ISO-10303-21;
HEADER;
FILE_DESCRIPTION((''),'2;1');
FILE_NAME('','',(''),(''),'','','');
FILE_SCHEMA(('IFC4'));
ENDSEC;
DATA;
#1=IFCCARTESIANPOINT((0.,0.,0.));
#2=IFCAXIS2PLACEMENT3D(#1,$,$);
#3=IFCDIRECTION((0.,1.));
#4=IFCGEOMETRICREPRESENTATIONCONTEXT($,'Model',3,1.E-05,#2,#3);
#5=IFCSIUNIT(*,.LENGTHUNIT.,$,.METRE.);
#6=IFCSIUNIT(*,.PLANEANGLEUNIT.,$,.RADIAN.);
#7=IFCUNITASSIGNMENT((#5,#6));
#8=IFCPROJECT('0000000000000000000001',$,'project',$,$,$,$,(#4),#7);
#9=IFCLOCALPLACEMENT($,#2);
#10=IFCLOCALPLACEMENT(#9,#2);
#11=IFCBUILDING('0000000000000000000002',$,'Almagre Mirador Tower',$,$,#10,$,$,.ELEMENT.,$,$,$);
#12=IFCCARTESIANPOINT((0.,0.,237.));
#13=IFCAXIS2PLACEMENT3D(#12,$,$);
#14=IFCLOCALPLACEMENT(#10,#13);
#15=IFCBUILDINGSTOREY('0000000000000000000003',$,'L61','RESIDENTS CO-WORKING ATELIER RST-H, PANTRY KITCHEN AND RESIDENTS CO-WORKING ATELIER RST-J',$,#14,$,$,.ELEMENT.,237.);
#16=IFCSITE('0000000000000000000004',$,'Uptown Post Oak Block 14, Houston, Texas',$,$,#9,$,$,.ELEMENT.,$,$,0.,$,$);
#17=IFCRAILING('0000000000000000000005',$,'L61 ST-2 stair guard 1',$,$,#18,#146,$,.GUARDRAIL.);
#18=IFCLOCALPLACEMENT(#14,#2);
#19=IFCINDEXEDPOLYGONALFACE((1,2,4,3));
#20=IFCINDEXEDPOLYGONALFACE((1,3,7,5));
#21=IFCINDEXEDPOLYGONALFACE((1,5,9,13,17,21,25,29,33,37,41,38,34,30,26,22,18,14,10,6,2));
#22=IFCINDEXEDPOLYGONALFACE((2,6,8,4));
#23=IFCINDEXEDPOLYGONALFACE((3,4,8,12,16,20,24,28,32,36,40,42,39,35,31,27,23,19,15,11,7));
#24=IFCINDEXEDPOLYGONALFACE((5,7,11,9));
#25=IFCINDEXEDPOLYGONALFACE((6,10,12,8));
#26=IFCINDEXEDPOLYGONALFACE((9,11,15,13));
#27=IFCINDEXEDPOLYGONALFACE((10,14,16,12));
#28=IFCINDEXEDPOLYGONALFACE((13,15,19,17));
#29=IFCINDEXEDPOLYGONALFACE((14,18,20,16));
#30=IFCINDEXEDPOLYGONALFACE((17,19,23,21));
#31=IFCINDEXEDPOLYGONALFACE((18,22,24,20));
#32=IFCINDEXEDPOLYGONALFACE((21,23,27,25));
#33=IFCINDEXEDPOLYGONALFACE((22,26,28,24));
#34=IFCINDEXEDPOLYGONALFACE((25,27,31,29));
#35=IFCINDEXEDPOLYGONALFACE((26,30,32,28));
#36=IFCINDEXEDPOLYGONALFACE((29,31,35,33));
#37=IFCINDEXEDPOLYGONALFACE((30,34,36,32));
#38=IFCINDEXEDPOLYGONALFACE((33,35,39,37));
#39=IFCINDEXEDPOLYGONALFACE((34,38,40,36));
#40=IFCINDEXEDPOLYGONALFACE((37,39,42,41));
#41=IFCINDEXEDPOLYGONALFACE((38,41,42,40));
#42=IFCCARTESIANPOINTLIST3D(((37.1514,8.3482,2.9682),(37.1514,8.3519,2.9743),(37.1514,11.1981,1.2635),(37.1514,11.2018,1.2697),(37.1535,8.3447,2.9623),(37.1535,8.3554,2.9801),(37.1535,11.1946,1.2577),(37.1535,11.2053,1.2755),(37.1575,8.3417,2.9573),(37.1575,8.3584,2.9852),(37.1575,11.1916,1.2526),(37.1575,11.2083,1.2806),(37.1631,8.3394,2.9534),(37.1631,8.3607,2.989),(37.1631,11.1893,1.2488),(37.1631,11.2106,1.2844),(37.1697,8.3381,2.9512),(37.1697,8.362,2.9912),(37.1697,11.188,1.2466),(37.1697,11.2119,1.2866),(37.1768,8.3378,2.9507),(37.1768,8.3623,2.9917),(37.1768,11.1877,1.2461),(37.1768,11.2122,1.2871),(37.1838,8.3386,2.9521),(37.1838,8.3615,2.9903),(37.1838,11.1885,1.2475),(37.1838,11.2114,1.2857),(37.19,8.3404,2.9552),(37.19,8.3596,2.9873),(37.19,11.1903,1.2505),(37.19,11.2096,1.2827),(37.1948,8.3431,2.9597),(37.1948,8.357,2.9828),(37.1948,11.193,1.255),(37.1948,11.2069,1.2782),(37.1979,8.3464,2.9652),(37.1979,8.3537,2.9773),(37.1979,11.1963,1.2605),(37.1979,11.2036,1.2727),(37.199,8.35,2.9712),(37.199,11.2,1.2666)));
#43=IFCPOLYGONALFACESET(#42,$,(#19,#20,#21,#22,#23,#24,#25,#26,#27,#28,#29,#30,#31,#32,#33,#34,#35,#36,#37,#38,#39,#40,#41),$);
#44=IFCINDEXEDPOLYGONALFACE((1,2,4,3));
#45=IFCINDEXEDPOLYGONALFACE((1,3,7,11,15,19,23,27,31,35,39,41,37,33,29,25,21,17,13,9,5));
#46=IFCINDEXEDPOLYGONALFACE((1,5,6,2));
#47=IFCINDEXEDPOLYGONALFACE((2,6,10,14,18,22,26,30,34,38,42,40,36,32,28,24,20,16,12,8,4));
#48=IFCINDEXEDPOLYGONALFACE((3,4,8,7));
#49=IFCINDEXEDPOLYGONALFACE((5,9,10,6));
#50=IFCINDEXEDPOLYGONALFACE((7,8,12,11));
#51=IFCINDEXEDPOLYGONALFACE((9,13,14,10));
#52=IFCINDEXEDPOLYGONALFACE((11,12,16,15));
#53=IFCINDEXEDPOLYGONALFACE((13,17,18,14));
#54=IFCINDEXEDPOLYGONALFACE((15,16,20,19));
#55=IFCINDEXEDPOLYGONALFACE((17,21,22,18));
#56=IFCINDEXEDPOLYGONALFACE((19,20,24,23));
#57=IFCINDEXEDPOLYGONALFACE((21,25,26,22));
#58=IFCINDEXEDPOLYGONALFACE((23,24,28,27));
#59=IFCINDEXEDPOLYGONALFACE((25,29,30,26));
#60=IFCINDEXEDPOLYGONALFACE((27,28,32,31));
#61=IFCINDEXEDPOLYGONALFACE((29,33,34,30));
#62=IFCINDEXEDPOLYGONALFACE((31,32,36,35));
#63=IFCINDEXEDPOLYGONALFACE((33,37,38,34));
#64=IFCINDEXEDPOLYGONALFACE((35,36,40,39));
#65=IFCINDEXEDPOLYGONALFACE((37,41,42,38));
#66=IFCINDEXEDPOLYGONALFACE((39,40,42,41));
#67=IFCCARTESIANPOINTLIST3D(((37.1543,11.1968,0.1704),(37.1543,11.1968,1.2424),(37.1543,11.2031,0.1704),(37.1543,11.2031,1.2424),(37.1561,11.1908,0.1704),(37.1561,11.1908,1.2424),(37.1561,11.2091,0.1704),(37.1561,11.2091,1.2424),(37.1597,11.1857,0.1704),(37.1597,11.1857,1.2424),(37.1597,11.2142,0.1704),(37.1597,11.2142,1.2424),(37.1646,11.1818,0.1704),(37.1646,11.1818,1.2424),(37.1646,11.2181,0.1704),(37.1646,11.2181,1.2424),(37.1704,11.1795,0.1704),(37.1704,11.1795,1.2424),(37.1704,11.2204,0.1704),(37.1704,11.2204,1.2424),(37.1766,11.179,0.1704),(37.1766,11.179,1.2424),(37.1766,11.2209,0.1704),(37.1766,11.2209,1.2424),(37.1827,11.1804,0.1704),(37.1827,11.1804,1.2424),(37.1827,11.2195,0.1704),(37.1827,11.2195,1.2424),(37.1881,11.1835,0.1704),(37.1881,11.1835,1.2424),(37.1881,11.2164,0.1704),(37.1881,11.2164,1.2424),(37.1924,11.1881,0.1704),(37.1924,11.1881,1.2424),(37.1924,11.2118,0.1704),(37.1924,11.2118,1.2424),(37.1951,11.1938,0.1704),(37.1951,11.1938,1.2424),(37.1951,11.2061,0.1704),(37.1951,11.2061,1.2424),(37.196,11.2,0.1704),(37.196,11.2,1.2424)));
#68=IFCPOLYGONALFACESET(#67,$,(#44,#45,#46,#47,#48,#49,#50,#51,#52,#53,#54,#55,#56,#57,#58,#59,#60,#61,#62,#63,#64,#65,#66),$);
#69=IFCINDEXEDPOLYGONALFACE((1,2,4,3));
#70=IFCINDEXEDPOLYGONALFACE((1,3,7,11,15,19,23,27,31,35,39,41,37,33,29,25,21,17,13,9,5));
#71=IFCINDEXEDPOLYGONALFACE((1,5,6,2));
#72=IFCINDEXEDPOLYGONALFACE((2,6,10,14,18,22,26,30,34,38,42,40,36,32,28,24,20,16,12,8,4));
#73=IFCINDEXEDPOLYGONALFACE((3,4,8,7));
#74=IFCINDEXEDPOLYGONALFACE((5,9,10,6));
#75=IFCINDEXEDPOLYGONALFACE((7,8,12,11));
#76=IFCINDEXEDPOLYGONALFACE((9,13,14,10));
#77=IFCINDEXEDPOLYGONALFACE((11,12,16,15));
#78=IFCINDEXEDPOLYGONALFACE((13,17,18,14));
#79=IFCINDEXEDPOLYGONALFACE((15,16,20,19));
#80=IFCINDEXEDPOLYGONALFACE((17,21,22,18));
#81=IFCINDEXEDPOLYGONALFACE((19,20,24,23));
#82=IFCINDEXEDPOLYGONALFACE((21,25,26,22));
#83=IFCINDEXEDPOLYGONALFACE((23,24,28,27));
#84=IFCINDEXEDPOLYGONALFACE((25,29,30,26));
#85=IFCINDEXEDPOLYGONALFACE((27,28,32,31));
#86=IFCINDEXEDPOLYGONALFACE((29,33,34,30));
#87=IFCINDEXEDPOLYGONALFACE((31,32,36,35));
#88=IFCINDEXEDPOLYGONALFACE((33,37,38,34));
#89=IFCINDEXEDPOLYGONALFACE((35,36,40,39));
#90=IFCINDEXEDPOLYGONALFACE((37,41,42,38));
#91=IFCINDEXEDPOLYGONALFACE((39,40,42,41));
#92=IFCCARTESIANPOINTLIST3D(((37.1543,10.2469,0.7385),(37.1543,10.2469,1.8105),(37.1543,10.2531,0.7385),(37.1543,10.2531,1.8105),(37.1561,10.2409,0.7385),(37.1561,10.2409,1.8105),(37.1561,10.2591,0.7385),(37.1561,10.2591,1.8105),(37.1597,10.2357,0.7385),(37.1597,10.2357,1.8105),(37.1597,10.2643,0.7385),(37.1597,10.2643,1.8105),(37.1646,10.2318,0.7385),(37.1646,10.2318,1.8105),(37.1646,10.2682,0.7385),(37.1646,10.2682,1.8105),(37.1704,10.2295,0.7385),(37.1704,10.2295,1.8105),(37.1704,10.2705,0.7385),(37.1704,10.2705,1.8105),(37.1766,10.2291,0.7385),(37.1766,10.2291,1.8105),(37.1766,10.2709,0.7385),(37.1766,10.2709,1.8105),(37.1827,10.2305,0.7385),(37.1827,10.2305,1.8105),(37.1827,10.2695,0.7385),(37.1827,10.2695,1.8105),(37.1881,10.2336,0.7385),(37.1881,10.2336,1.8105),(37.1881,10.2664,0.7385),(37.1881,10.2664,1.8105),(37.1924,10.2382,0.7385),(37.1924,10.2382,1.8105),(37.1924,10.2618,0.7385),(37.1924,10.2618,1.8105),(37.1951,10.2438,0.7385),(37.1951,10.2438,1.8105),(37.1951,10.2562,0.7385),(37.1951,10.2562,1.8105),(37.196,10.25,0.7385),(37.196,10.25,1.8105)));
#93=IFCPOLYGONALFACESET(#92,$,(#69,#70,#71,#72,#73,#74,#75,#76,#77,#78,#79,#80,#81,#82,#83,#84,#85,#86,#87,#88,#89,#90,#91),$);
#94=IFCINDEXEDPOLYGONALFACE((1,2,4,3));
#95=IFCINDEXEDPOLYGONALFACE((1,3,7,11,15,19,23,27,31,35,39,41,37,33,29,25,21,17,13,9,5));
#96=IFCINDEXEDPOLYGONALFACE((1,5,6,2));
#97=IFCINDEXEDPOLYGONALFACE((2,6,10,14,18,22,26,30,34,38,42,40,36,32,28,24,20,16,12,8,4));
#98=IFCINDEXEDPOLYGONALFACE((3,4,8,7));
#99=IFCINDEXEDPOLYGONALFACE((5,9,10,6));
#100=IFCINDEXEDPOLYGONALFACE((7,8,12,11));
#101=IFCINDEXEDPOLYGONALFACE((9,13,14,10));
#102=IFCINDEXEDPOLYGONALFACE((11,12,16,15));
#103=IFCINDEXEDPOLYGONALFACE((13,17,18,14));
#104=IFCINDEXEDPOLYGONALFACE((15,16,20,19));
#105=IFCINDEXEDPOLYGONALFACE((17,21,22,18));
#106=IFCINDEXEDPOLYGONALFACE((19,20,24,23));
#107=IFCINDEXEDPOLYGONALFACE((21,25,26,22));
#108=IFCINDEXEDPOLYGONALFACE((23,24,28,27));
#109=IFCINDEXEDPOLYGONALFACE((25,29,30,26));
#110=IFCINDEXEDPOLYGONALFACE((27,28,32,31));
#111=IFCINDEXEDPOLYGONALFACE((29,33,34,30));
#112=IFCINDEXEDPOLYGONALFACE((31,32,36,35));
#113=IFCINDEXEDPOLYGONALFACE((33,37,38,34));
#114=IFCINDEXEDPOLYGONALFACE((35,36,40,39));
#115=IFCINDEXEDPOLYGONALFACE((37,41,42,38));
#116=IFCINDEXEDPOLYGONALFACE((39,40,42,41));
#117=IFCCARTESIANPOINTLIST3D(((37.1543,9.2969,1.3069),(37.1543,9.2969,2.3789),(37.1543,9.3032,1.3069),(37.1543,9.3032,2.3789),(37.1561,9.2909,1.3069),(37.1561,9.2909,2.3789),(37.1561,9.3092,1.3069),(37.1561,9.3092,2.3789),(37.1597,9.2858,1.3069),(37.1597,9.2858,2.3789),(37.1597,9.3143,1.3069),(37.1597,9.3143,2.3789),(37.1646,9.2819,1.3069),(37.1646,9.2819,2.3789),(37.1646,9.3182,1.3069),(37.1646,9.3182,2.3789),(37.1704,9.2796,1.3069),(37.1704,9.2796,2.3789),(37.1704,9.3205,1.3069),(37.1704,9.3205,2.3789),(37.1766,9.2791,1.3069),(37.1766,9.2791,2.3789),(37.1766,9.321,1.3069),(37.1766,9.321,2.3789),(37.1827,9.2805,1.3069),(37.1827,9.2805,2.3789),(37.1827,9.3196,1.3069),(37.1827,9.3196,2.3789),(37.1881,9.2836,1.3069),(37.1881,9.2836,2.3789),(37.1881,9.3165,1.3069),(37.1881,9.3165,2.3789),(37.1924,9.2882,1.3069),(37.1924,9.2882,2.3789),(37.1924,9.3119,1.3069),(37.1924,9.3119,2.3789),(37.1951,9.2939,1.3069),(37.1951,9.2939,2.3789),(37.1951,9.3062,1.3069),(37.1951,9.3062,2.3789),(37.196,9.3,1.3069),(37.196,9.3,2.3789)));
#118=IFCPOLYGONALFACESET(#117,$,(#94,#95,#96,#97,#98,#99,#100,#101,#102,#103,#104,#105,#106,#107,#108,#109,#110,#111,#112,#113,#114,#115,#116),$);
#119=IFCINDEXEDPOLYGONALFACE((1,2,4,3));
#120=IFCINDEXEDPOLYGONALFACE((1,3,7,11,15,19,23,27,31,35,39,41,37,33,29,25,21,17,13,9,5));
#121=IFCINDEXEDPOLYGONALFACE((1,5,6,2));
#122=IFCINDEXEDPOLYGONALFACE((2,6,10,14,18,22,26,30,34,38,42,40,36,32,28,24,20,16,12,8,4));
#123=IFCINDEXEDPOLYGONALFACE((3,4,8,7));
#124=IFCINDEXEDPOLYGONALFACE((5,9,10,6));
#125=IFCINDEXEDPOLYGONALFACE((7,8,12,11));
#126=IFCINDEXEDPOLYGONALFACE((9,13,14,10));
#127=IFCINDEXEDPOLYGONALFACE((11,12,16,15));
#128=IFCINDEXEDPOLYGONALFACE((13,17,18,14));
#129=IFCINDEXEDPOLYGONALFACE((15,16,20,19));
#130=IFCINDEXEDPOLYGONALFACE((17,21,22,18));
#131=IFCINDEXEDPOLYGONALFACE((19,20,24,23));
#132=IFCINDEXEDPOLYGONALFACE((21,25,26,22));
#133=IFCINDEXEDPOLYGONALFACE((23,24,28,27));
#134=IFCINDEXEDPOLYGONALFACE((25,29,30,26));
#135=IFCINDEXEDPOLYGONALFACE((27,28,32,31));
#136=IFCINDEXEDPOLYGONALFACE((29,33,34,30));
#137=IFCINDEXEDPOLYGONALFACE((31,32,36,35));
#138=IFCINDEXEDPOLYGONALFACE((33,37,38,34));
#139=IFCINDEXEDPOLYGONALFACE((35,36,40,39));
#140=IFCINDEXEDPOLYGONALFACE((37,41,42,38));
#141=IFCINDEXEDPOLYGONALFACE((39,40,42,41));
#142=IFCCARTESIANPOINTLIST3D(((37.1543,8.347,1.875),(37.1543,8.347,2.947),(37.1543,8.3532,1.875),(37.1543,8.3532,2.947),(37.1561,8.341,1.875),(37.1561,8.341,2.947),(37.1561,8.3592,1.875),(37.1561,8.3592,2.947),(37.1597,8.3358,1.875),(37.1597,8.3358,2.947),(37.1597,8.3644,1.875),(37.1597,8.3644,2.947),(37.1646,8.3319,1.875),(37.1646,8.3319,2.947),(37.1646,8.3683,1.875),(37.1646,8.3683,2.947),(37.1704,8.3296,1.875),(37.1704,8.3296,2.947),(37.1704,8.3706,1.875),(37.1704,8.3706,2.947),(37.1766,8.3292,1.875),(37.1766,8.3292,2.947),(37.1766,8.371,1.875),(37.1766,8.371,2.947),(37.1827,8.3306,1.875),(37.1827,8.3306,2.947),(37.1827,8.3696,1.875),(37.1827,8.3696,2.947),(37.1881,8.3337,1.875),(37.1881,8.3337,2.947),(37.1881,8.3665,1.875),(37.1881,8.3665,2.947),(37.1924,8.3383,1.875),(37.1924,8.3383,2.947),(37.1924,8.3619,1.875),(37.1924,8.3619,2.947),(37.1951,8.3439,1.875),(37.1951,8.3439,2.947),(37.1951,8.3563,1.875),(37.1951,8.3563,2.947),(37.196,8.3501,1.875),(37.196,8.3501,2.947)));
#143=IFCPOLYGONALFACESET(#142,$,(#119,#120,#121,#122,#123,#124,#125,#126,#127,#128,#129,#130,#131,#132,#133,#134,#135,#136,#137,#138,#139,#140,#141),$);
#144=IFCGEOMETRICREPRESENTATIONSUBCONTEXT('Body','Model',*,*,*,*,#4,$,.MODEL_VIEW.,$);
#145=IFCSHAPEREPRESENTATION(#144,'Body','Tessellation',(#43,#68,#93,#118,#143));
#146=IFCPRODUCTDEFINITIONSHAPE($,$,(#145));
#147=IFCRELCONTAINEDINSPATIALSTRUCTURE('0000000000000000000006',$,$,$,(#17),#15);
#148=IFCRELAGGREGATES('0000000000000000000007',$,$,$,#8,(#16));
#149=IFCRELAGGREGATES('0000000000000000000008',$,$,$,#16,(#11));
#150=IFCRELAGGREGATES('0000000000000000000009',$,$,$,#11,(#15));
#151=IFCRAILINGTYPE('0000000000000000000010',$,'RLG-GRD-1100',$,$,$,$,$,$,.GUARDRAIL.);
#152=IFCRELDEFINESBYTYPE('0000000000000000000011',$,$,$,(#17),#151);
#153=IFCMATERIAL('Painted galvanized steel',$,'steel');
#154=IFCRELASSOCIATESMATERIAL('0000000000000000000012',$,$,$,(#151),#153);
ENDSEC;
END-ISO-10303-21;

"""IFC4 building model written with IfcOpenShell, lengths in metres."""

from ifc_helpers import new_model, si_unit, direction, frame, origin, origin_2d, place, context, subcontext, project, spatial, circle, extrude, material, type_object, element, save


model = new_model("IFC4")

# Units and contexts
model_context = context("Model", 3, precision=1e-05, world=origin(), true_north=direction((0.0, 1.0)))
body_context = subcontext(model_context, "Body", "Model", "MODEL_VIEW")
ifc_project = project(units=[si_unit("LENGTHUNIT", "METRE"), si_unit("PLANEANGLEUNIT", "RADIAN")], contexts=[model_context])

# Site, building, storey
site_placement = place(None, origin())
site = spatial("IfcSite", under=ifc_project, at=site_placement, Name="Uptown Post Oak Block 14, Houston, Texas", CompositionType="ELEMENT", RefElevation=0.0)
building_placement = place(site_placement, origin())
building = spatial("IfcBuilding", under=site, at=building_placement, Name="Almagre Mirador Tower", CompositionType="ELEMENT")
storey_placement = place(building_placement, frame((0.0, 0.0, 237.0)))
storey = spatial("IfcBuildingStorey", under=building, at=storey_placement, Name="L61", Description="RESIDENTS CO-WORKING ATELIER RST-H, PANTRY KITCHEN AND RESIDENTS CO-WORKING ATELIER RST-J", CompositionType="ELEMENT", Elevation=237.0)

# Railing
ifc_material_1 = material(Name="Painted galvanized steel", Category="steel")
railing_type_1 = type_object("IfcRailingType", Name="RLG-GRD-1100", PredefinedType="GUARDRAIL", material=ifc_material_1)
railing_1_placement = place(storey_placement, frame((37.175, 11.2, 0.1704)))
element("IfcRailing", 1, at=railing_1_placement, inside=storey, type_object=railing_type_1, Name="L61 ST-2 stair guard 1", PredefinedType="GUARDRAIL", context=body_context, shape_type="SweptSolid", body=[
    extrude(circle(Radius=0.0239, at=origin_2d()), frame((0.0, 0.0, 1.0962), z_axis=(0.0, -0.858199, 0.513317), x_axis=(1.0, 0.0, 0.0)), (0.0, 0.0, 1.0), 3.3208),
    extrude(circle(Radius=0.021, at=origin_2d()), origin(), (0.0, 0.0, 1.0), 1.072),
    extrude(circle(Radius=0.021, at=origin_2d()), frame((0.0, -0.95, 0.5681)), (0.0, 0.0, 1.0), 1.072),
    extrude(circle(Radius=0.021, at=origin_2d()), frame((0.0, -1.8999, 1.1365)), (0.0, 0.0, 1.0), 1.072),
    extrude(circle(Radius=0.021, at=origin_2d()), frame((0.0, -2.8499, 1.7046)), (0.0, 0.0, 1.0), 1.072),
])

save(model, "model.ifc")
